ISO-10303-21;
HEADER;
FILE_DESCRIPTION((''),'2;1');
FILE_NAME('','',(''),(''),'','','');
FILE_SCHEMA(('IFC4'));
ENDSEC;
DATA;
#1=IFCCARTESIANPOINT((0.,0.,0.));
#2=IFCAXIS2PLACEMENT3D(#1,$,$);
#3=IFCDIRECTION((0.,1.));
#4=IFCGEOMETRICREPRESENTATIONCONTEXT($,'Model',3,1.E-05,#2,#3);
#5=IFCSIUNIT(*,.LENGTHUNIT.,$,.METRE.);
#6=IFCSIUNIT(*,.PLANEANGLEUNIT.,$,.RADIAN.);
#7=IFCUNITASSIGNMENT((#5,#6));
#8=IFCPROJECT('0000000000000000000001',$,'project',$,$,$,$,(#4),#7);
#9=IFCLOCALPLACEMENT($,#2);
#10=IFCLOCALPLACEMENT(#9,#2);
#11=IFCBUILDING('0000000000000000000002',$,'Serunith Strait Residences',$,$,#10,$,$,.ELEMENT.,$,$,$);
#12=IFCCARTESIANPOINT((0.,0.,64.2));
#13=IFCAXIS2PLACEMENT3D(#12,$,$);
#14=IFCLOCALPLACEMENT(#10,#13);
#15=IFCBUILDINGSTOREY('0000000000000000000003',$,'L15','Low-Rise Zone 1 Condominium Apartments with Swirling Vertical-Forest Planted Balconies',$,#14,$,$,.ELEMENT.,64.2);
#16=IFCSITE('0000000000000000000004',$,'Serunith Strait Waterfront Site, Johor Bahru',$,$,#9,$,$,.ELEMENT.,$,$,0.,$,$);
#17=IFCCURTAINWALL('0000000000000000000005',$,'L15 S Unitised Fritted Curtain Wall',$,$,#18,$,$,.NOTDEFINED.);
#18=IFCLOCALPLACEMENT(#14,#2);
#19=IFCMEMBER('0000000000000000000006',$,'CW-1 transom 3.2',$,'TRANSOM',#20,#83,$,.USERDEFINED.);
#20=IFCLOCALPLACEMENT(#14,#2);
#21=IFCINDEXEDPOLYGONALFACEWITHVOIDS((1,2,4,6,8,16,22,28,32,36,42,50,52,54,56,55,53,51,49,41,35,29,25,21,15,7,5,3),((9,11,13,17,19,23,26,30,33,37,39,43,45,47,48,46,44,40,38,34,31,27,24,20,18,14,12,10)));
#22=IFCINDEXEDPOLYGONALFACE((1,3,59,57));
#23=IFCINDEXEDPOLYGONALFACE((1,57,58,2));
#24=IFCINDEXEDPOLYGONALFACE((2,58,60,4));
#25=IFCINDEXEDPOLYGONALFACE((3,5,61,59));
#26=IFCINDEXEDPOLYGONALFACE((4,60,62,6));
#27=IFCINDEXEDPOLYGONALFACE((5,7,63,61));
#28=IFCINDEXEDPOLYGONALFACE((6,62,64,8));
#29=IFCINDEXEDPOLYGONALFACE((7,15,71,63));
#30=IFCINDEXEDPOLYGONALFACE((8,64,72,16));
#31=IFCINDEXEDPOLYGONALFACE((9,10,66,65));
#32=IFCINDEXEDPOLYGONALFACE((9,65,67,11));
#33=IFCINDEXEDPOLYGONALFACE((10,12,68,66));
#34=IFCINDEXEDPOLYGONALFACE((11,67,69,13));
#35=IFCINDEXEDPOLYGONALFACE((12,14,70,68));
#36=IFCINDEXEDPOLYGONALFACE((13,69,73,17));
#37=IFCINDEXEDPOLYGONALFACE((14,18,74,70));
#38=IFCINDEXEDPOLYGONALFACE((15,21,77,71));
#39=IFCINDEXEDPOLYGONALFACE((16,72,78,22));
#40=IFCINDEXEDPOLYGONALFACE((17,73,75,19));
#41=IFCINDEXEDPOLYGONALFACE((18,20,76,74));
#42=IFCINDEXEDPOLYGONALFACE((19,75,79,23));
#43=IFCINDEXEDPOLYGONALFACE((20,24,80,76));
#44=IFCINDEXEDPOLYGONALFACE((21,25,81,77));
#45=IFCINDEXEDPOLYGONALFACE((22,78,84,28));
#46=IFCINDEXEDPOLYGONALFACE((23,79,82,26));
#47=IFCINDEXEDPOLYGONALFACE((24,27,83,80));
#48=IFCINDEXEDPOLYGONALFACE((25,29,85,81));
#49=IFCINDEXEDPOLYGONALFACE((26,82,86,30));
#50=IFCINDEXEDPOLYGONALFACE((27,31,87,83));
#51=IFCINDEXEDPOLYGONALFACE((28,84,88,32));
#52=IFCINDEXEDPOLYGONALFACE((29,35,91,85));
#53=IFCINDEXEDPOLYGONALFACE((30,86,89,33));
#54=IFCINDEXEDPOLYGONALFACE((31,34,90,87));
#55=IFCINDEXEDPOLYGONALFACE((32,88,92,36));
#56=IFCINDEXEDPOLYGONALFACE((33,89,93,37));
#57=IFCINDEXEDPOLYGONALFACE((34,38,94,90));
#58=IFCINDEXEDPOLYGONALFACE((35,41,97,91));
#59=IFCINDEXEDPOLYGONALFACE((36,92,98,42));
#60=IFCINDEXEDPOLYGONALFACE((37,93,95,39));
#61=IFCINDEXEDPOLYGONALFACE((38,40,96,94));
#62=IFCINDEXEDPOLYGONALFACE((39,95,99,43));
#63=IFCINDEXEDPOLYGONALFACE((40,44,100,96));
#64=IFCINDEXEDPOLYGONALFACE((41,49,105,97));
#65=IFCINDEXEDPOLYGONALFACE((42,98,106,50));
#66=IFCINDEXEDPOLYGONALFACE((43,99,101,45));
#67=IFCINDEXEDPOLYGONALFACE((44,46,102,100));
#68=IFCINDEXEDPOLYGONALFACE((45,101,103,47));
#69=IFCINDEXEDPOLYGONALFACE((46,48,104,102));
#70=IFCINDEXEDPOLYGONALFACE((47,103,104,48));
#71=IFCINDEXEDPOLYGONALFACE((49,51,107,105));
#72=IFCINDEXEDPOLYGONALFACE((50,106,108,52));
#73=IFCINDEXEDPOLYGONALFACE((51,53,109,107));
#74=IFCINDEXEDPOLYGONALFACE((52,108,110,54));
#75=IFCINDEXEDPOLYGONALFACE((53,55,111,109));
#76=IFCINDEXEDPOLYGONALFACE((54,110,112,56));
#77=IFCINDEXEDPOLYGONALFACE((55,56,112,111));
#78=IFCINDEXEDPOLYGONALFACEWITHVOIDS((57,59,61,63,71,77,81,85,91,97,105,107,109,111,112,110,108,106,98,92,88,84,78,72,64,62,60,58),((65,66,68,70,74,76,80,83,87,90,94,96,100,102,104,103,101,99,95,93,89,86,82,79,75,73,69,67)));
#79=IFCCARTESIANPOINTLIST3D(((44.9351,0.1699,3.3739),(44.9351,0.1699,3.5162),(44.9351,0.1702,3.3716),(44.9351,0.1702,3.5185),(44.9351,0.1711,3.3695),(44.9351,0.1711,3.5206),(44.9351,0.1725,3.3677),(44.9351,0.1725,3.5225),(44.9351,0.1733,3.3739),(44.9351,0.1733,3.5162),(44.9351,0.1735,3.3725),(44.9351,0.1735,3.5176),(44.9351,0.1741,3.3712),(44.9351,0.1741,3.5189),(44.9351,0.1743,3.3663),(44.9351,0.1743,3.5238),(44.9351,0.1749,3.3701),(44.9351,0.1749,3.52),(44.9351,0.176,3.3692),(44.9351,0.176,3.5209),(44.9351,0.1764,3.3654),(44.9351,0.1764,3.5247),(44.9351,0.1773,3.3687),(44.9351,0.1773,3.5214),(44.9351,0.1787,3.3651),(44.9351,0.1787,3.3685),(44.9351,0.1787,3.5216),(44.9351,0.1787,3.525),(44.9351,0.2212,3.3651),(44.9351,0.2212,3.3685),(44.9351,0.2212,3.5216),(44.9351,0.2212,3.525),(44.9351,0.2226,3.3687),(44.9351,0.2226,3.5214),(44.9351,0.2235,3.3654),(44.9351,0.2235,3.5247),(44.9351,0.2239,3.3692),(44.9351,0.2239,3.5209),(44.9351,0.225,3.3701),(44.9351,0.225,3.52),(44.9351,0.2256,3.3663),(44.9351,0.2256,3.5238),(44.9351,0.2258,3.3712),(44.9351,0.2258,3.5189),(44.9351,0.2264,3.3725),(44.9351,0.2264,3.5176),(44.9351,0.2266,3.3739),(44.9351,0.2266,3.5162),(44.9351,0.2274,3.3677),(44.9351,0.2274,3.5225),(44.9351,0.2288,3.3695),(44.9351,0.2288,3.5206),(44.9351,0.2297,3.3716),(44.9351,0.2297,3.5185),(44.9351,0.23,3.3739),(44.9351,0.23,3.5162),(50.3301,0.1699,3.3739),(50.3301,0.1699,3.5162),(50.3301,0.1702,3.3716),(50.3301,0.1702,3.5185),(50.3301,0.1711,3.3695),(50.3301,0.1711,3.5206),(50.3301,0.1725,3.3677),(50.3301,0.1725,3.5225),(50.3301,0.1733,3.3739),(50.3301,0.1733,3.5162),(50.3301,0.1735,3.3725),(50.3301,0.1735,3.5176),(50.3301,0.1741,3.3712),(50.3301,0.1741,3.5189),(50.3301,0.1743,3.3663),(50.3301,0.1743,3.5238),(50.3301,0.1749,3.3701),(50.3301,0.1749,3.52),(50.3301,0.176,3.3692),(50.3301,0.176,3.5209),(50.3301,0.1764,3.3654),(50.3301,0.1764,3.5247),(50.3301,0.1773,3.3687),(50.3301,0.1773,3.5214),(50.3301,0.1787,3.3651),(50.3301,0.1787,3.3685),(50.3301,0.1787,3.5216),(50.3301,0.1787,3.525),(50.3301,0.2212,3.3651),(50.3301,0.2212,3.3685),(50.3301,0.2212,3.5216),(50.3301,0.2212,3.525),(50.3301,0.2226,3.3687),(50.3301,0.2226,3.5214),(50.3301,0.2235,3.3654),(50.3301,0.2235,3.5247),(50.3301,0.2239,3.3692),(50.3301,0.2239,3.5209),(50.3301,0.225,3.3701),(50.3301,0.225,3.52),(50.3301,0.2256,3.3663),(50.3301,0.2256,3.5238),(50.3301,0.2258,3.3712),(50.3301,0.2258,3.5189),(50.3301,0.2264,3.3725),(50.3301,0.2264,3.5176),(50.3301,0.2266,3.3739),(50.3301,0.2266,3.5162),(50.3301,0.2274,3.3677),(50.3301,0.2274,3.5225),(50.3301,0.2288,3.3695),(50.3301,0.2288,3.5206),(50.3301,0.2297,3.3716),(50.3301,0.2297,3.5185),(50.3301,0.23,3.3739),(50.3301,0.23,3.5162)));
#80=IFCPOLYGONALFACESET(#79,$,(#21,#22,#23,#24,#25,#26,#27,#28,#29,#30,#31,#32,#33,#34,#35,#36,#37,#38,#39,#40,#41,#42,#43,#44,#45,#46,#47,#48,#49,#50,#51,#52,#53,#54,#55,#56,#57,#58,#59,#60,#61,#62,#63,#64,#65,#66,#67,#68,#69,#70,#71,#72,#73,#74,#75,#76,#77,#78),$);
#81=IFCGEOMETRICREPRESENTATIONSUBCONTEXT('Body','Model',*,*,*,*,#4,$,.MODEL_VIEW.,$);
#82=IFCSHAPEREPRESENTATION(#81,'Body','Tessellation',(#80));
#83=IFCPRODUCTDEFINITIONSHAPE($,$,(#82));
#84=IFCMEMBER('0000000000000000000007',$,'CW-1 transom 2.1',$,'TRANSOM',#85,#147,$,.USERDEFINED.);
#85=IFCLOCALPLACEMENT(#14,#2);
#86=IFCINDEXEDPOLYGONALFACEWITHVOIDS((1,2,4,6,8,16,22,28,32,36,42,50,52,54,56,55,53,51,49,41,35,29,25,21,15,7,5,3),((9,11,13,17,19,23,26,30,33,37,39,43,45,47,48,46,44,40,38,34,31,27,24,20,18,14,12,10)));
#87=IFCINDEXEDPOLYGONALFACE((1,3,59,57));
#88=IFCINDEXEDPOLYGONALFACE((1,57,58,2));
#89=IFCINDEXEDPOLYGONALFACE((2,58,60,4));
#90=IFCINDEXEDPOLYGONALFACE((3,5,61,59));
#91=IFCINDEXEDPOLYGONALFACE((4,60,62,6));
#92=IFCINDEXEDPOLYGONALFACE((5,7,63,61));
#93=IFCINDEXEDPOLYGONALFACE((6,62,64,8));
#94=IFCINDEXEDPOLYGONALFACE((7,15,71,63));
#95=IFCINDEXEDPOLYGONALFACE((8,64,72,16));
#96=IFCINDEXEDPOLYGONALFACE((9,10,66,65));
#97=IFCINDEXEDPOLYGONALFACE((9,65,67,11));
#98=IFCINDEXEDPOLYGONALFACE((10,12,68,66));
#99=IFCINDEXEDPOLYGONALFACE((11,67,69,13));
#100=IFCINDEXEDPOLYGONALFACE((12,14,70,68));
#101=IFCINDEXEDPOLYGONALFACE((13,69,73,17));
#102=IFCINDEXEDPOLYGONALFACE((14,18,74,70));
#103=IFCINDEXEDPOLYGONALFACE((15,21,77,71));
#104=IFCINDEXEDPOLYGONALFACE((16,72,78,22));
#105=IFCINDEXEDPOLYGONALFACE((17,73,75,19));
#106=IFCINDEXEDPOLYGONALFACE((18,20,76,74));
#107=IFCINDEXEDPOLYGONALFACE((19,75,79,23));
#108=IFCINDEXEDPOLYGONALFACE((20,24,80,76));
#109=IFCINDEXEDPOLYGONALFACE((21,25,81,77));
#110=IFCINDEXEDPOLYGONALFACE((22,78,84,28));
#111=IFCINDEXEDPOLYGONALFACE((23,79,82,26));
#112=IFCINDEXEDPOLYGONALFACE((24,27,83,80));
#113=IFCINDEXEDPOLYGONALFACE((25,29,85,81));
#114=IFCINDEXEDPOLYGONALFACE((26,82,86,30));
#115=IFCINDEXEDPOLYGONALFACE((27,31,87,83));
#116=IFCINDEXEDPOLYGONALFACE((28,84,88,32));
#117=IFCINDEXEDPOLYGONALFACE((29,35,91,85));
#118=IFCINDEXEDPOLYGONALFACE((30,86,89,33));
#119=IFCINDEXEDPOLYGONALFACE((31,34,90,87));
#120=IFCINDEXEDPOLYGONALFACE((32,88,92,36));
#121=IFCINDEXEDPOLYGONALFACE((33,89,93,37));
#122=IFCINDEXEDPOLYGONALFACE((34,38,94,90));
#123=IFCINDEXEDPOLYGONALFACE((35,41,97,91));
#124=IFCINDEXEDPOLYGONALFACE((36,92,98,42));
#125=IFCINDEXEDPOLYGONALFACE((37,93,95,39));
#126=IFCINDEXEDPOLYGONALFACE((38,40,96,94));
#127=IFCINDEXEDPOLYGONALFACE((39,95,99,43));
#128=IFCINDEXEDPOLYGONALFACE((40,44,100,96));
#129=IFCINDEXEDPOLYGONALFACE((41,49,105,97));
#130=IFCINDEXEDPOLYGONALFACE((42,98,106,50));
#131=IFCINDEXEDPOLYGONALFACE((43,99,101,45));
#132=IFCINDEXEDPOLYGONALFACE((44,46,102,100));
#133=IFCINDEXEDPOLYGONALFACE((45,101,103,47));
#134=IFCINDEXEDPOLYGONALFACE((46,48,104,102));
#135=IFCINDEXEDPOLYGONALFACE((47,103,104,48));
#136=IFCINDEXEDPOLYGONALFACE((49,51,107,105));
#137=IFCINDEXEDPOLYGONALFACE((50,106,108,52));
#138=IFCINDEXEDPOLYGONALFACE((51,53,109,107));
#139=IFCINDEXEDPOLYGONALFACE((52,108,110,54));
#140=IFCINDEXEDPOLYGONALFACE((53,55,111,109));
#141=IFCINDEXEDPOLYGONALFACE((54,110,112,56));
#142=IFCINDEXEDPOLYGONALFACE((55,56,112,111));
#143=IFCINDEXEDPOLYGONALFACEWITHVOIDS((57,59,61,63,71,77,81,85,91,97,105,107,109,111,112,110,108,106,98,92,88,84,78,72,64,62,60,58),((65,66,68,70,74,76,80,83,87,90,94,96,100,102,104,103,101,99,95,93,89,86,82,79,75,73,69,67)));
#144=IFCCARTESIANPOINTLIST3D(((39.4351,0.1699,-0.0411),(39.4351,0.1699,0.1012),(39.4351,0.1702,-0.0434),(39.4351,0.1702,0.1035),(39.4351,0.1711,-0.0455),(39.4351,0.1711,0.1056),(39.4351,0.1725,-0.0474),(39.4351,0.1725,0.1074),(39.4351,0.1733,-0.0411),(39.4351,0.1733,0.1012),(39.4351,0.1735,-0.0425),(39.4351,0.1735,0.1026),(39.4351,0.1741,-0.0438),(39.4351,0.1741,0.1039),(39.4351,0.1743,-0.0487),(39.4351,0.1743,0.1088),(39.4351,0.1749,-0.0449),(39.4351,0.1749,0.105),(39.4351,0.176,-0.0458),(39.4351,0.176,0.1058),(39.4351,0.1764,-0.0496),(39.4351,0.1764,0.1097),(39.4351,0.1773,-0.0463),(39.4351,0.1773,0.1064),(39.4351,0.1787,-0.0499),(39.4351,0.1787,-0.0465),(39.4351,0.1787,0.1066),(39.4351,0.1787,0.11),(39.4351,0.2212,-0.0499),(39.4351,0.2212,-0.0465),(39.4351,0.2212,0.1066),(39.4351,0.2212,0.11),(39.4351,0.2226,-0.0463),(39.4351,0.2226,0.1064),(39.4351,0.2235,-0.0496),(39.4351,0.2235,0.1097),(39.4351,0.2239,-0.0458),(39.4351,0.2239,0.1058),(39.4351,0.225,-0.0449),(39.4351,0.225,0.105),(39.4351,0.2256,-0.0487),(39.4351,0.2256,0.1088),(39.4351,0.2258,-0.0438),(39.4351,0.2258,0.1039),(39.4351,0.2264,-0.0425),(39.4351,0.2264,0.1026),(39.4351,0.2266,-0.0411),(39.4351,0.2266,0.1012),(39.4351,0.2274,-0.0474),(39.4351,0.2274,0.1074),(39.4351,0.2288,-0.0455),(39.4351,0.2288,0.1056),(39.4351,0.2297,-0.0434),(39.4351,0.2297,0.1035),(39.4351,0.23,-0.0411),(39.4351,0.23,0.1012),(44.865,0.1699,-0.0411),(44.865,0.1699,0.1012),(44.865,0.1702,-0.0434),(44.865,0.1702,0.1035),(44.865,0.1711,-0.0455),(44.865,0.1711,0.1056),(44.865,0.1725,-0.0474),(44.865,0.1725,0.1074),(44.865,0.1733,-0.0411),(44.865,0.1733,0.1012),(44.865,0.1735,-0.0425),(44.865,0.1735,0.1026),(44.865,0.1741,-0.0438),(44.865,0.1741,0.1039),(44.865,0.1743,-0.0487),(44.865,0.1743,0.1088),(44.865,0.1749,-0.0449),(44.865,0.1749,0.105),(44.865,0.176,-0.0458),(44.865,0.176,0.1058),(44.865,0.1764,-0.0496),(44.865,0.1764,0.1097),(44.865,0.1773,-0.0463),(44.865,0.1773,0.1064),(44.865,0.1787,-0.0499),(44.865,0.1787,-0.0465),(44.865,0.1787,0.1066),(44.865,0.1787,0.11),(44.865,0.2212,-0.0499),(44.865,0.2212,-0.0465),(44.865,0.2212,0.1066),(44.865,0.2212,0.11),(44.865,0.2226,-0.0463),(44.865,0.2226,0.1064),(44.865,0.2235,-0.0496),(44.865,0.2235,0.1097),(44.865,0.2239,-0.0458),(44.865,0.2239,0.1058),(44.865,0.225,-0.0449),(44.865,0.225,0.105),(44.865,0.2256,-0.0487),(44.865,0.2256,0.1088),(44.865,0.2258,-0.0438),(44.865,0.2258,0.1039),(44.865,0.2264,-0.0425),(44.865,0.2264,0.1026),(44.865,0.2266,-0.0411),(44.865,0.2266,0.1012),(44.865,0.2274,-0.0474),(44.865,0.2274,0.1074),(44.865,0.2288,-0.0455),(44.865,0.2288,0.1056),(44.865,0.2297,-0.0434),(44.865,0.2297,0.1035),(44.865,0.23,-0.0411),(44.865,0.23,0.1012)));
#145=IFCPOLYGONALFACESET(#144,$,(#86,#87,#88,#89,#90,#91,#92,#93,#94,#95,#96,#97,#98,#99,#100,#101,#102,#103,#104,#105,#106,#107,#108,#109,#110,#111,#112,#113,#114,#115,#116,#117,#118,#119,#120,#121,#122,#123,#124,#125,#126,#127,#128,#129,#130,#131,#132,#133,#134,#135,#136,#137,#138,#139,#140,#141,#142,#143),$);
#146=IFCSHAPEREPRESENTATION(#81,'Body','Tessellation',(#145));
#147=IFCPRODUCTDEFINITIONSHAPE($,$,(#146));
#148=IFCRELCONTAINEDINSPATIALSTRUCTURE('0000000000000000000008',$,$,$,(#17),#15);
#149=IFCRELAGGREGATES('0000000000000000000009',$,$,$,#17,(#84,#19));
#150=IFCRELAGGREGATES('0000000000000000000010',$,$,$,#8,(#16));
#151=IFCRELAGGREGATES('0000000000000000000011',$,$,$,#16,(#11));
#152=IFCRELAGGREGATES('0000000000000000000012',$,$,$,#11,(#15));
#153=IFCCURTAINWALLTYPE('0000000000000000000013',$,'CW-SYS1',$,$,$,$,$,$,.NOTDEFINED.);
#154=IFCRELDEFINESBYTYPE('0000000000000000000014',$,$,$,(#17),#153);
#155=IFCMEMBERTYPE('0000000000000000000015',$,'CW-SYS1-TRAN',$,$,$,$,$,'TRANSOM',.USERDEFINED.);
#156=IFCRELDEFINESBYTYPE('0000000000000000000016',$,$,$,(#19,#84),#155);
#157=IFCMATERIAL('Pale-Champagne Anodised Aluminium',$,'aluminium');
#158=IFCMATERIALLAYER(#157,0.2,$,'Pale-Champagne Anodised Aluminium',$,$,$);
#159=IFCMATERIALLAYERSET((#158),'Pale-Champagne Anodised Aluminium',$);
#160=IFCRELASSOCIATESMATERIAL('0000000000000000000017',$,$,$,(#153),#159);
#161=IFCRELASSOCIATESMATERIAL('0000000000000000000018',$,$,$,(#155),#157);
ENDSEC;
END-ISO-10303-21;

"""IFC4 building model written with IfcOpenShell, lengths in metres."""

from ifc_helpers import new_model, si_unit, direction, frame, origin, origin_2d, place, context, subcontext, project, spatial, hollow_rectangle, extrude, source, transform, mapped, material, layer, layer_set, material_profile, profile_set, type_object, element, aggregate, save


model = new_model("IFC4")

# Units and contexts
model_context = context("Model", 3, precision=1e-05, world=origin(), true_north=direction((0.0, 1.0)))
body_context = subcontext(model_context, "Body", "Model", "MODEL_VIEW")
ifc_project = project(units=[si_unit("LENGTHUNIT", "METRE"), si_unit("PLANEANGLEUNIT", "RADIAN")], contexts=[model_context])

# Site, building, storey
site_placement = place(None, origin())
site = spatial("IfcSite", under=ifc_project, at=site_placement, Name="Serunith Strait Waterfront Site, Johor Bahru", CompositionType="ELEMENT", RefElevation=0.0)
building_placement = place(site_placement, origin())
building = spatial("IfcBuilding", under=site, at=building_placement, Name="Serunith Strait Residences", CompositionType="ELEMENT")
storey_placement = place(building_placement, frame((0.0, 0.0, 64.2)))
storey = spatial("IfcBuildingStorey", under=building, at=storey_placement, Name="L15", Description="Low-Rise Zone 1 Condominium Apartments with Swirling Vertical-Forest Planted Balconies", CompositionType="ELEMENT", Elevation=64.2)

# Curtain wall, members
ifc_material_1 = material(Name="Pale-Champagne Anodised Aluminium", Category="aluminium")
ifc_layer_1 = layer(ifc_material_1, 0.2, Name="Pale-Champagne Anodised Aluminium")
ifc_layer_set_1 = layer_set([ifc_layer_1], Name="Pale-Champagne Anodised Aluminium")
curtain_wall_type = type_object("IfcCurtainWallType", Name="CW-SYS1", PredefinedType="NOTDEFINED", material=ifc_layer_set_1)
curtain_wall_placement = place(storey_placement, origin())
curtain_wall = element("IfcCurtainWall", 1, at=curtain_wall_placement, inside=storey, type_object=curtain_wall_type, Name="L15 S Unitised Fritted Curtain Wall", PredefinedType="NOTDEFINED")
ifc_material_profile_1 = material_profile(ifc_material_1, hollow_rectangle(XDim=0.0601, YDim=0.1599, WallThickness=0.0034, InnerFilletRadius=0.0054, OuterFilletRadius=0.0088, at=origin_2d()), Name="ALU 160x60x3.5")
ifc_profile_set_1 = profile_set([ifc_material_profile_1], Name="Pale-Champagne Anodised Aluminium")
member_type_1 = type_object("IfcMemberType", Name="CW-SYS1-TRAN", ElementType="TRANSOM", PredefinedType="USERDEFINED", material=ifc_profile_set_1)
shared_shape_1 = source(origin(), body_context, "Body", "SweptSolid", [
    extrude(hollow_rectangle(XDim=0.0601, YDim=0.1599, WallThickness=0.0034, InnerFilletRadius=0.0054, OuterFilletRadius=0.0088, at=origin_2d()), origin(), (0.0, 0.0, 1.0), 5.395),
])
member_1_placement = place(storey_placement, frame((44.9351, 0.2, 3.4451), z_axis=(1.0, 0.0, 0.0), x_axis=(0.0, 1.0, 0.0)))
member_1 = element("IfcMember", 2, at=member_1_placement, type_object=member_type_1, Name="CW-1 transom 3.2", ObjectType="TRANSOM", PredefinedType="USERDEFINED", context=body_context, shape_type="MappedRepresentation", body=[
    mapped(shared_shape_1, transform((0.0, 0.0, 0.0), scale=1.0)),
])
shared_shape_2 = source(origin(), body_context, "Body", "SweptSolid", [
    extrude(hollow_rectangle(XDim=0.0601, YDim=0.1599, WallThickness=0.0034, InnerFilletRadius=0.0054, OuterFilletRadius=0.0088, at=origin_2d()), origin(), (0.0, 0.0, 1.0), 5.4299),
])
member_2_placement = place(storey_placement, frame((39.4351, 0.2, 0.03), z_axis=(1.0, 0.0, 0.0), x_axis=(0.0, 1.0, 0.0)))
member_2 = element("IfcMember", 3, at=member_2_placement, type_object=member_type_1, Name="CW-1 transom 2.1", ObjectType="TRANSOM", PredefinedType="USERDEFINED", context=body_context, shape_type="MappedRepresentation", body=[
    mapped(shared_shape_2, transform((0.0, 0.0, 0.0), scale=1.0)),
])
aggregate(curtain_wall, [member_2, member_1])

save(model, "model.ifc")
